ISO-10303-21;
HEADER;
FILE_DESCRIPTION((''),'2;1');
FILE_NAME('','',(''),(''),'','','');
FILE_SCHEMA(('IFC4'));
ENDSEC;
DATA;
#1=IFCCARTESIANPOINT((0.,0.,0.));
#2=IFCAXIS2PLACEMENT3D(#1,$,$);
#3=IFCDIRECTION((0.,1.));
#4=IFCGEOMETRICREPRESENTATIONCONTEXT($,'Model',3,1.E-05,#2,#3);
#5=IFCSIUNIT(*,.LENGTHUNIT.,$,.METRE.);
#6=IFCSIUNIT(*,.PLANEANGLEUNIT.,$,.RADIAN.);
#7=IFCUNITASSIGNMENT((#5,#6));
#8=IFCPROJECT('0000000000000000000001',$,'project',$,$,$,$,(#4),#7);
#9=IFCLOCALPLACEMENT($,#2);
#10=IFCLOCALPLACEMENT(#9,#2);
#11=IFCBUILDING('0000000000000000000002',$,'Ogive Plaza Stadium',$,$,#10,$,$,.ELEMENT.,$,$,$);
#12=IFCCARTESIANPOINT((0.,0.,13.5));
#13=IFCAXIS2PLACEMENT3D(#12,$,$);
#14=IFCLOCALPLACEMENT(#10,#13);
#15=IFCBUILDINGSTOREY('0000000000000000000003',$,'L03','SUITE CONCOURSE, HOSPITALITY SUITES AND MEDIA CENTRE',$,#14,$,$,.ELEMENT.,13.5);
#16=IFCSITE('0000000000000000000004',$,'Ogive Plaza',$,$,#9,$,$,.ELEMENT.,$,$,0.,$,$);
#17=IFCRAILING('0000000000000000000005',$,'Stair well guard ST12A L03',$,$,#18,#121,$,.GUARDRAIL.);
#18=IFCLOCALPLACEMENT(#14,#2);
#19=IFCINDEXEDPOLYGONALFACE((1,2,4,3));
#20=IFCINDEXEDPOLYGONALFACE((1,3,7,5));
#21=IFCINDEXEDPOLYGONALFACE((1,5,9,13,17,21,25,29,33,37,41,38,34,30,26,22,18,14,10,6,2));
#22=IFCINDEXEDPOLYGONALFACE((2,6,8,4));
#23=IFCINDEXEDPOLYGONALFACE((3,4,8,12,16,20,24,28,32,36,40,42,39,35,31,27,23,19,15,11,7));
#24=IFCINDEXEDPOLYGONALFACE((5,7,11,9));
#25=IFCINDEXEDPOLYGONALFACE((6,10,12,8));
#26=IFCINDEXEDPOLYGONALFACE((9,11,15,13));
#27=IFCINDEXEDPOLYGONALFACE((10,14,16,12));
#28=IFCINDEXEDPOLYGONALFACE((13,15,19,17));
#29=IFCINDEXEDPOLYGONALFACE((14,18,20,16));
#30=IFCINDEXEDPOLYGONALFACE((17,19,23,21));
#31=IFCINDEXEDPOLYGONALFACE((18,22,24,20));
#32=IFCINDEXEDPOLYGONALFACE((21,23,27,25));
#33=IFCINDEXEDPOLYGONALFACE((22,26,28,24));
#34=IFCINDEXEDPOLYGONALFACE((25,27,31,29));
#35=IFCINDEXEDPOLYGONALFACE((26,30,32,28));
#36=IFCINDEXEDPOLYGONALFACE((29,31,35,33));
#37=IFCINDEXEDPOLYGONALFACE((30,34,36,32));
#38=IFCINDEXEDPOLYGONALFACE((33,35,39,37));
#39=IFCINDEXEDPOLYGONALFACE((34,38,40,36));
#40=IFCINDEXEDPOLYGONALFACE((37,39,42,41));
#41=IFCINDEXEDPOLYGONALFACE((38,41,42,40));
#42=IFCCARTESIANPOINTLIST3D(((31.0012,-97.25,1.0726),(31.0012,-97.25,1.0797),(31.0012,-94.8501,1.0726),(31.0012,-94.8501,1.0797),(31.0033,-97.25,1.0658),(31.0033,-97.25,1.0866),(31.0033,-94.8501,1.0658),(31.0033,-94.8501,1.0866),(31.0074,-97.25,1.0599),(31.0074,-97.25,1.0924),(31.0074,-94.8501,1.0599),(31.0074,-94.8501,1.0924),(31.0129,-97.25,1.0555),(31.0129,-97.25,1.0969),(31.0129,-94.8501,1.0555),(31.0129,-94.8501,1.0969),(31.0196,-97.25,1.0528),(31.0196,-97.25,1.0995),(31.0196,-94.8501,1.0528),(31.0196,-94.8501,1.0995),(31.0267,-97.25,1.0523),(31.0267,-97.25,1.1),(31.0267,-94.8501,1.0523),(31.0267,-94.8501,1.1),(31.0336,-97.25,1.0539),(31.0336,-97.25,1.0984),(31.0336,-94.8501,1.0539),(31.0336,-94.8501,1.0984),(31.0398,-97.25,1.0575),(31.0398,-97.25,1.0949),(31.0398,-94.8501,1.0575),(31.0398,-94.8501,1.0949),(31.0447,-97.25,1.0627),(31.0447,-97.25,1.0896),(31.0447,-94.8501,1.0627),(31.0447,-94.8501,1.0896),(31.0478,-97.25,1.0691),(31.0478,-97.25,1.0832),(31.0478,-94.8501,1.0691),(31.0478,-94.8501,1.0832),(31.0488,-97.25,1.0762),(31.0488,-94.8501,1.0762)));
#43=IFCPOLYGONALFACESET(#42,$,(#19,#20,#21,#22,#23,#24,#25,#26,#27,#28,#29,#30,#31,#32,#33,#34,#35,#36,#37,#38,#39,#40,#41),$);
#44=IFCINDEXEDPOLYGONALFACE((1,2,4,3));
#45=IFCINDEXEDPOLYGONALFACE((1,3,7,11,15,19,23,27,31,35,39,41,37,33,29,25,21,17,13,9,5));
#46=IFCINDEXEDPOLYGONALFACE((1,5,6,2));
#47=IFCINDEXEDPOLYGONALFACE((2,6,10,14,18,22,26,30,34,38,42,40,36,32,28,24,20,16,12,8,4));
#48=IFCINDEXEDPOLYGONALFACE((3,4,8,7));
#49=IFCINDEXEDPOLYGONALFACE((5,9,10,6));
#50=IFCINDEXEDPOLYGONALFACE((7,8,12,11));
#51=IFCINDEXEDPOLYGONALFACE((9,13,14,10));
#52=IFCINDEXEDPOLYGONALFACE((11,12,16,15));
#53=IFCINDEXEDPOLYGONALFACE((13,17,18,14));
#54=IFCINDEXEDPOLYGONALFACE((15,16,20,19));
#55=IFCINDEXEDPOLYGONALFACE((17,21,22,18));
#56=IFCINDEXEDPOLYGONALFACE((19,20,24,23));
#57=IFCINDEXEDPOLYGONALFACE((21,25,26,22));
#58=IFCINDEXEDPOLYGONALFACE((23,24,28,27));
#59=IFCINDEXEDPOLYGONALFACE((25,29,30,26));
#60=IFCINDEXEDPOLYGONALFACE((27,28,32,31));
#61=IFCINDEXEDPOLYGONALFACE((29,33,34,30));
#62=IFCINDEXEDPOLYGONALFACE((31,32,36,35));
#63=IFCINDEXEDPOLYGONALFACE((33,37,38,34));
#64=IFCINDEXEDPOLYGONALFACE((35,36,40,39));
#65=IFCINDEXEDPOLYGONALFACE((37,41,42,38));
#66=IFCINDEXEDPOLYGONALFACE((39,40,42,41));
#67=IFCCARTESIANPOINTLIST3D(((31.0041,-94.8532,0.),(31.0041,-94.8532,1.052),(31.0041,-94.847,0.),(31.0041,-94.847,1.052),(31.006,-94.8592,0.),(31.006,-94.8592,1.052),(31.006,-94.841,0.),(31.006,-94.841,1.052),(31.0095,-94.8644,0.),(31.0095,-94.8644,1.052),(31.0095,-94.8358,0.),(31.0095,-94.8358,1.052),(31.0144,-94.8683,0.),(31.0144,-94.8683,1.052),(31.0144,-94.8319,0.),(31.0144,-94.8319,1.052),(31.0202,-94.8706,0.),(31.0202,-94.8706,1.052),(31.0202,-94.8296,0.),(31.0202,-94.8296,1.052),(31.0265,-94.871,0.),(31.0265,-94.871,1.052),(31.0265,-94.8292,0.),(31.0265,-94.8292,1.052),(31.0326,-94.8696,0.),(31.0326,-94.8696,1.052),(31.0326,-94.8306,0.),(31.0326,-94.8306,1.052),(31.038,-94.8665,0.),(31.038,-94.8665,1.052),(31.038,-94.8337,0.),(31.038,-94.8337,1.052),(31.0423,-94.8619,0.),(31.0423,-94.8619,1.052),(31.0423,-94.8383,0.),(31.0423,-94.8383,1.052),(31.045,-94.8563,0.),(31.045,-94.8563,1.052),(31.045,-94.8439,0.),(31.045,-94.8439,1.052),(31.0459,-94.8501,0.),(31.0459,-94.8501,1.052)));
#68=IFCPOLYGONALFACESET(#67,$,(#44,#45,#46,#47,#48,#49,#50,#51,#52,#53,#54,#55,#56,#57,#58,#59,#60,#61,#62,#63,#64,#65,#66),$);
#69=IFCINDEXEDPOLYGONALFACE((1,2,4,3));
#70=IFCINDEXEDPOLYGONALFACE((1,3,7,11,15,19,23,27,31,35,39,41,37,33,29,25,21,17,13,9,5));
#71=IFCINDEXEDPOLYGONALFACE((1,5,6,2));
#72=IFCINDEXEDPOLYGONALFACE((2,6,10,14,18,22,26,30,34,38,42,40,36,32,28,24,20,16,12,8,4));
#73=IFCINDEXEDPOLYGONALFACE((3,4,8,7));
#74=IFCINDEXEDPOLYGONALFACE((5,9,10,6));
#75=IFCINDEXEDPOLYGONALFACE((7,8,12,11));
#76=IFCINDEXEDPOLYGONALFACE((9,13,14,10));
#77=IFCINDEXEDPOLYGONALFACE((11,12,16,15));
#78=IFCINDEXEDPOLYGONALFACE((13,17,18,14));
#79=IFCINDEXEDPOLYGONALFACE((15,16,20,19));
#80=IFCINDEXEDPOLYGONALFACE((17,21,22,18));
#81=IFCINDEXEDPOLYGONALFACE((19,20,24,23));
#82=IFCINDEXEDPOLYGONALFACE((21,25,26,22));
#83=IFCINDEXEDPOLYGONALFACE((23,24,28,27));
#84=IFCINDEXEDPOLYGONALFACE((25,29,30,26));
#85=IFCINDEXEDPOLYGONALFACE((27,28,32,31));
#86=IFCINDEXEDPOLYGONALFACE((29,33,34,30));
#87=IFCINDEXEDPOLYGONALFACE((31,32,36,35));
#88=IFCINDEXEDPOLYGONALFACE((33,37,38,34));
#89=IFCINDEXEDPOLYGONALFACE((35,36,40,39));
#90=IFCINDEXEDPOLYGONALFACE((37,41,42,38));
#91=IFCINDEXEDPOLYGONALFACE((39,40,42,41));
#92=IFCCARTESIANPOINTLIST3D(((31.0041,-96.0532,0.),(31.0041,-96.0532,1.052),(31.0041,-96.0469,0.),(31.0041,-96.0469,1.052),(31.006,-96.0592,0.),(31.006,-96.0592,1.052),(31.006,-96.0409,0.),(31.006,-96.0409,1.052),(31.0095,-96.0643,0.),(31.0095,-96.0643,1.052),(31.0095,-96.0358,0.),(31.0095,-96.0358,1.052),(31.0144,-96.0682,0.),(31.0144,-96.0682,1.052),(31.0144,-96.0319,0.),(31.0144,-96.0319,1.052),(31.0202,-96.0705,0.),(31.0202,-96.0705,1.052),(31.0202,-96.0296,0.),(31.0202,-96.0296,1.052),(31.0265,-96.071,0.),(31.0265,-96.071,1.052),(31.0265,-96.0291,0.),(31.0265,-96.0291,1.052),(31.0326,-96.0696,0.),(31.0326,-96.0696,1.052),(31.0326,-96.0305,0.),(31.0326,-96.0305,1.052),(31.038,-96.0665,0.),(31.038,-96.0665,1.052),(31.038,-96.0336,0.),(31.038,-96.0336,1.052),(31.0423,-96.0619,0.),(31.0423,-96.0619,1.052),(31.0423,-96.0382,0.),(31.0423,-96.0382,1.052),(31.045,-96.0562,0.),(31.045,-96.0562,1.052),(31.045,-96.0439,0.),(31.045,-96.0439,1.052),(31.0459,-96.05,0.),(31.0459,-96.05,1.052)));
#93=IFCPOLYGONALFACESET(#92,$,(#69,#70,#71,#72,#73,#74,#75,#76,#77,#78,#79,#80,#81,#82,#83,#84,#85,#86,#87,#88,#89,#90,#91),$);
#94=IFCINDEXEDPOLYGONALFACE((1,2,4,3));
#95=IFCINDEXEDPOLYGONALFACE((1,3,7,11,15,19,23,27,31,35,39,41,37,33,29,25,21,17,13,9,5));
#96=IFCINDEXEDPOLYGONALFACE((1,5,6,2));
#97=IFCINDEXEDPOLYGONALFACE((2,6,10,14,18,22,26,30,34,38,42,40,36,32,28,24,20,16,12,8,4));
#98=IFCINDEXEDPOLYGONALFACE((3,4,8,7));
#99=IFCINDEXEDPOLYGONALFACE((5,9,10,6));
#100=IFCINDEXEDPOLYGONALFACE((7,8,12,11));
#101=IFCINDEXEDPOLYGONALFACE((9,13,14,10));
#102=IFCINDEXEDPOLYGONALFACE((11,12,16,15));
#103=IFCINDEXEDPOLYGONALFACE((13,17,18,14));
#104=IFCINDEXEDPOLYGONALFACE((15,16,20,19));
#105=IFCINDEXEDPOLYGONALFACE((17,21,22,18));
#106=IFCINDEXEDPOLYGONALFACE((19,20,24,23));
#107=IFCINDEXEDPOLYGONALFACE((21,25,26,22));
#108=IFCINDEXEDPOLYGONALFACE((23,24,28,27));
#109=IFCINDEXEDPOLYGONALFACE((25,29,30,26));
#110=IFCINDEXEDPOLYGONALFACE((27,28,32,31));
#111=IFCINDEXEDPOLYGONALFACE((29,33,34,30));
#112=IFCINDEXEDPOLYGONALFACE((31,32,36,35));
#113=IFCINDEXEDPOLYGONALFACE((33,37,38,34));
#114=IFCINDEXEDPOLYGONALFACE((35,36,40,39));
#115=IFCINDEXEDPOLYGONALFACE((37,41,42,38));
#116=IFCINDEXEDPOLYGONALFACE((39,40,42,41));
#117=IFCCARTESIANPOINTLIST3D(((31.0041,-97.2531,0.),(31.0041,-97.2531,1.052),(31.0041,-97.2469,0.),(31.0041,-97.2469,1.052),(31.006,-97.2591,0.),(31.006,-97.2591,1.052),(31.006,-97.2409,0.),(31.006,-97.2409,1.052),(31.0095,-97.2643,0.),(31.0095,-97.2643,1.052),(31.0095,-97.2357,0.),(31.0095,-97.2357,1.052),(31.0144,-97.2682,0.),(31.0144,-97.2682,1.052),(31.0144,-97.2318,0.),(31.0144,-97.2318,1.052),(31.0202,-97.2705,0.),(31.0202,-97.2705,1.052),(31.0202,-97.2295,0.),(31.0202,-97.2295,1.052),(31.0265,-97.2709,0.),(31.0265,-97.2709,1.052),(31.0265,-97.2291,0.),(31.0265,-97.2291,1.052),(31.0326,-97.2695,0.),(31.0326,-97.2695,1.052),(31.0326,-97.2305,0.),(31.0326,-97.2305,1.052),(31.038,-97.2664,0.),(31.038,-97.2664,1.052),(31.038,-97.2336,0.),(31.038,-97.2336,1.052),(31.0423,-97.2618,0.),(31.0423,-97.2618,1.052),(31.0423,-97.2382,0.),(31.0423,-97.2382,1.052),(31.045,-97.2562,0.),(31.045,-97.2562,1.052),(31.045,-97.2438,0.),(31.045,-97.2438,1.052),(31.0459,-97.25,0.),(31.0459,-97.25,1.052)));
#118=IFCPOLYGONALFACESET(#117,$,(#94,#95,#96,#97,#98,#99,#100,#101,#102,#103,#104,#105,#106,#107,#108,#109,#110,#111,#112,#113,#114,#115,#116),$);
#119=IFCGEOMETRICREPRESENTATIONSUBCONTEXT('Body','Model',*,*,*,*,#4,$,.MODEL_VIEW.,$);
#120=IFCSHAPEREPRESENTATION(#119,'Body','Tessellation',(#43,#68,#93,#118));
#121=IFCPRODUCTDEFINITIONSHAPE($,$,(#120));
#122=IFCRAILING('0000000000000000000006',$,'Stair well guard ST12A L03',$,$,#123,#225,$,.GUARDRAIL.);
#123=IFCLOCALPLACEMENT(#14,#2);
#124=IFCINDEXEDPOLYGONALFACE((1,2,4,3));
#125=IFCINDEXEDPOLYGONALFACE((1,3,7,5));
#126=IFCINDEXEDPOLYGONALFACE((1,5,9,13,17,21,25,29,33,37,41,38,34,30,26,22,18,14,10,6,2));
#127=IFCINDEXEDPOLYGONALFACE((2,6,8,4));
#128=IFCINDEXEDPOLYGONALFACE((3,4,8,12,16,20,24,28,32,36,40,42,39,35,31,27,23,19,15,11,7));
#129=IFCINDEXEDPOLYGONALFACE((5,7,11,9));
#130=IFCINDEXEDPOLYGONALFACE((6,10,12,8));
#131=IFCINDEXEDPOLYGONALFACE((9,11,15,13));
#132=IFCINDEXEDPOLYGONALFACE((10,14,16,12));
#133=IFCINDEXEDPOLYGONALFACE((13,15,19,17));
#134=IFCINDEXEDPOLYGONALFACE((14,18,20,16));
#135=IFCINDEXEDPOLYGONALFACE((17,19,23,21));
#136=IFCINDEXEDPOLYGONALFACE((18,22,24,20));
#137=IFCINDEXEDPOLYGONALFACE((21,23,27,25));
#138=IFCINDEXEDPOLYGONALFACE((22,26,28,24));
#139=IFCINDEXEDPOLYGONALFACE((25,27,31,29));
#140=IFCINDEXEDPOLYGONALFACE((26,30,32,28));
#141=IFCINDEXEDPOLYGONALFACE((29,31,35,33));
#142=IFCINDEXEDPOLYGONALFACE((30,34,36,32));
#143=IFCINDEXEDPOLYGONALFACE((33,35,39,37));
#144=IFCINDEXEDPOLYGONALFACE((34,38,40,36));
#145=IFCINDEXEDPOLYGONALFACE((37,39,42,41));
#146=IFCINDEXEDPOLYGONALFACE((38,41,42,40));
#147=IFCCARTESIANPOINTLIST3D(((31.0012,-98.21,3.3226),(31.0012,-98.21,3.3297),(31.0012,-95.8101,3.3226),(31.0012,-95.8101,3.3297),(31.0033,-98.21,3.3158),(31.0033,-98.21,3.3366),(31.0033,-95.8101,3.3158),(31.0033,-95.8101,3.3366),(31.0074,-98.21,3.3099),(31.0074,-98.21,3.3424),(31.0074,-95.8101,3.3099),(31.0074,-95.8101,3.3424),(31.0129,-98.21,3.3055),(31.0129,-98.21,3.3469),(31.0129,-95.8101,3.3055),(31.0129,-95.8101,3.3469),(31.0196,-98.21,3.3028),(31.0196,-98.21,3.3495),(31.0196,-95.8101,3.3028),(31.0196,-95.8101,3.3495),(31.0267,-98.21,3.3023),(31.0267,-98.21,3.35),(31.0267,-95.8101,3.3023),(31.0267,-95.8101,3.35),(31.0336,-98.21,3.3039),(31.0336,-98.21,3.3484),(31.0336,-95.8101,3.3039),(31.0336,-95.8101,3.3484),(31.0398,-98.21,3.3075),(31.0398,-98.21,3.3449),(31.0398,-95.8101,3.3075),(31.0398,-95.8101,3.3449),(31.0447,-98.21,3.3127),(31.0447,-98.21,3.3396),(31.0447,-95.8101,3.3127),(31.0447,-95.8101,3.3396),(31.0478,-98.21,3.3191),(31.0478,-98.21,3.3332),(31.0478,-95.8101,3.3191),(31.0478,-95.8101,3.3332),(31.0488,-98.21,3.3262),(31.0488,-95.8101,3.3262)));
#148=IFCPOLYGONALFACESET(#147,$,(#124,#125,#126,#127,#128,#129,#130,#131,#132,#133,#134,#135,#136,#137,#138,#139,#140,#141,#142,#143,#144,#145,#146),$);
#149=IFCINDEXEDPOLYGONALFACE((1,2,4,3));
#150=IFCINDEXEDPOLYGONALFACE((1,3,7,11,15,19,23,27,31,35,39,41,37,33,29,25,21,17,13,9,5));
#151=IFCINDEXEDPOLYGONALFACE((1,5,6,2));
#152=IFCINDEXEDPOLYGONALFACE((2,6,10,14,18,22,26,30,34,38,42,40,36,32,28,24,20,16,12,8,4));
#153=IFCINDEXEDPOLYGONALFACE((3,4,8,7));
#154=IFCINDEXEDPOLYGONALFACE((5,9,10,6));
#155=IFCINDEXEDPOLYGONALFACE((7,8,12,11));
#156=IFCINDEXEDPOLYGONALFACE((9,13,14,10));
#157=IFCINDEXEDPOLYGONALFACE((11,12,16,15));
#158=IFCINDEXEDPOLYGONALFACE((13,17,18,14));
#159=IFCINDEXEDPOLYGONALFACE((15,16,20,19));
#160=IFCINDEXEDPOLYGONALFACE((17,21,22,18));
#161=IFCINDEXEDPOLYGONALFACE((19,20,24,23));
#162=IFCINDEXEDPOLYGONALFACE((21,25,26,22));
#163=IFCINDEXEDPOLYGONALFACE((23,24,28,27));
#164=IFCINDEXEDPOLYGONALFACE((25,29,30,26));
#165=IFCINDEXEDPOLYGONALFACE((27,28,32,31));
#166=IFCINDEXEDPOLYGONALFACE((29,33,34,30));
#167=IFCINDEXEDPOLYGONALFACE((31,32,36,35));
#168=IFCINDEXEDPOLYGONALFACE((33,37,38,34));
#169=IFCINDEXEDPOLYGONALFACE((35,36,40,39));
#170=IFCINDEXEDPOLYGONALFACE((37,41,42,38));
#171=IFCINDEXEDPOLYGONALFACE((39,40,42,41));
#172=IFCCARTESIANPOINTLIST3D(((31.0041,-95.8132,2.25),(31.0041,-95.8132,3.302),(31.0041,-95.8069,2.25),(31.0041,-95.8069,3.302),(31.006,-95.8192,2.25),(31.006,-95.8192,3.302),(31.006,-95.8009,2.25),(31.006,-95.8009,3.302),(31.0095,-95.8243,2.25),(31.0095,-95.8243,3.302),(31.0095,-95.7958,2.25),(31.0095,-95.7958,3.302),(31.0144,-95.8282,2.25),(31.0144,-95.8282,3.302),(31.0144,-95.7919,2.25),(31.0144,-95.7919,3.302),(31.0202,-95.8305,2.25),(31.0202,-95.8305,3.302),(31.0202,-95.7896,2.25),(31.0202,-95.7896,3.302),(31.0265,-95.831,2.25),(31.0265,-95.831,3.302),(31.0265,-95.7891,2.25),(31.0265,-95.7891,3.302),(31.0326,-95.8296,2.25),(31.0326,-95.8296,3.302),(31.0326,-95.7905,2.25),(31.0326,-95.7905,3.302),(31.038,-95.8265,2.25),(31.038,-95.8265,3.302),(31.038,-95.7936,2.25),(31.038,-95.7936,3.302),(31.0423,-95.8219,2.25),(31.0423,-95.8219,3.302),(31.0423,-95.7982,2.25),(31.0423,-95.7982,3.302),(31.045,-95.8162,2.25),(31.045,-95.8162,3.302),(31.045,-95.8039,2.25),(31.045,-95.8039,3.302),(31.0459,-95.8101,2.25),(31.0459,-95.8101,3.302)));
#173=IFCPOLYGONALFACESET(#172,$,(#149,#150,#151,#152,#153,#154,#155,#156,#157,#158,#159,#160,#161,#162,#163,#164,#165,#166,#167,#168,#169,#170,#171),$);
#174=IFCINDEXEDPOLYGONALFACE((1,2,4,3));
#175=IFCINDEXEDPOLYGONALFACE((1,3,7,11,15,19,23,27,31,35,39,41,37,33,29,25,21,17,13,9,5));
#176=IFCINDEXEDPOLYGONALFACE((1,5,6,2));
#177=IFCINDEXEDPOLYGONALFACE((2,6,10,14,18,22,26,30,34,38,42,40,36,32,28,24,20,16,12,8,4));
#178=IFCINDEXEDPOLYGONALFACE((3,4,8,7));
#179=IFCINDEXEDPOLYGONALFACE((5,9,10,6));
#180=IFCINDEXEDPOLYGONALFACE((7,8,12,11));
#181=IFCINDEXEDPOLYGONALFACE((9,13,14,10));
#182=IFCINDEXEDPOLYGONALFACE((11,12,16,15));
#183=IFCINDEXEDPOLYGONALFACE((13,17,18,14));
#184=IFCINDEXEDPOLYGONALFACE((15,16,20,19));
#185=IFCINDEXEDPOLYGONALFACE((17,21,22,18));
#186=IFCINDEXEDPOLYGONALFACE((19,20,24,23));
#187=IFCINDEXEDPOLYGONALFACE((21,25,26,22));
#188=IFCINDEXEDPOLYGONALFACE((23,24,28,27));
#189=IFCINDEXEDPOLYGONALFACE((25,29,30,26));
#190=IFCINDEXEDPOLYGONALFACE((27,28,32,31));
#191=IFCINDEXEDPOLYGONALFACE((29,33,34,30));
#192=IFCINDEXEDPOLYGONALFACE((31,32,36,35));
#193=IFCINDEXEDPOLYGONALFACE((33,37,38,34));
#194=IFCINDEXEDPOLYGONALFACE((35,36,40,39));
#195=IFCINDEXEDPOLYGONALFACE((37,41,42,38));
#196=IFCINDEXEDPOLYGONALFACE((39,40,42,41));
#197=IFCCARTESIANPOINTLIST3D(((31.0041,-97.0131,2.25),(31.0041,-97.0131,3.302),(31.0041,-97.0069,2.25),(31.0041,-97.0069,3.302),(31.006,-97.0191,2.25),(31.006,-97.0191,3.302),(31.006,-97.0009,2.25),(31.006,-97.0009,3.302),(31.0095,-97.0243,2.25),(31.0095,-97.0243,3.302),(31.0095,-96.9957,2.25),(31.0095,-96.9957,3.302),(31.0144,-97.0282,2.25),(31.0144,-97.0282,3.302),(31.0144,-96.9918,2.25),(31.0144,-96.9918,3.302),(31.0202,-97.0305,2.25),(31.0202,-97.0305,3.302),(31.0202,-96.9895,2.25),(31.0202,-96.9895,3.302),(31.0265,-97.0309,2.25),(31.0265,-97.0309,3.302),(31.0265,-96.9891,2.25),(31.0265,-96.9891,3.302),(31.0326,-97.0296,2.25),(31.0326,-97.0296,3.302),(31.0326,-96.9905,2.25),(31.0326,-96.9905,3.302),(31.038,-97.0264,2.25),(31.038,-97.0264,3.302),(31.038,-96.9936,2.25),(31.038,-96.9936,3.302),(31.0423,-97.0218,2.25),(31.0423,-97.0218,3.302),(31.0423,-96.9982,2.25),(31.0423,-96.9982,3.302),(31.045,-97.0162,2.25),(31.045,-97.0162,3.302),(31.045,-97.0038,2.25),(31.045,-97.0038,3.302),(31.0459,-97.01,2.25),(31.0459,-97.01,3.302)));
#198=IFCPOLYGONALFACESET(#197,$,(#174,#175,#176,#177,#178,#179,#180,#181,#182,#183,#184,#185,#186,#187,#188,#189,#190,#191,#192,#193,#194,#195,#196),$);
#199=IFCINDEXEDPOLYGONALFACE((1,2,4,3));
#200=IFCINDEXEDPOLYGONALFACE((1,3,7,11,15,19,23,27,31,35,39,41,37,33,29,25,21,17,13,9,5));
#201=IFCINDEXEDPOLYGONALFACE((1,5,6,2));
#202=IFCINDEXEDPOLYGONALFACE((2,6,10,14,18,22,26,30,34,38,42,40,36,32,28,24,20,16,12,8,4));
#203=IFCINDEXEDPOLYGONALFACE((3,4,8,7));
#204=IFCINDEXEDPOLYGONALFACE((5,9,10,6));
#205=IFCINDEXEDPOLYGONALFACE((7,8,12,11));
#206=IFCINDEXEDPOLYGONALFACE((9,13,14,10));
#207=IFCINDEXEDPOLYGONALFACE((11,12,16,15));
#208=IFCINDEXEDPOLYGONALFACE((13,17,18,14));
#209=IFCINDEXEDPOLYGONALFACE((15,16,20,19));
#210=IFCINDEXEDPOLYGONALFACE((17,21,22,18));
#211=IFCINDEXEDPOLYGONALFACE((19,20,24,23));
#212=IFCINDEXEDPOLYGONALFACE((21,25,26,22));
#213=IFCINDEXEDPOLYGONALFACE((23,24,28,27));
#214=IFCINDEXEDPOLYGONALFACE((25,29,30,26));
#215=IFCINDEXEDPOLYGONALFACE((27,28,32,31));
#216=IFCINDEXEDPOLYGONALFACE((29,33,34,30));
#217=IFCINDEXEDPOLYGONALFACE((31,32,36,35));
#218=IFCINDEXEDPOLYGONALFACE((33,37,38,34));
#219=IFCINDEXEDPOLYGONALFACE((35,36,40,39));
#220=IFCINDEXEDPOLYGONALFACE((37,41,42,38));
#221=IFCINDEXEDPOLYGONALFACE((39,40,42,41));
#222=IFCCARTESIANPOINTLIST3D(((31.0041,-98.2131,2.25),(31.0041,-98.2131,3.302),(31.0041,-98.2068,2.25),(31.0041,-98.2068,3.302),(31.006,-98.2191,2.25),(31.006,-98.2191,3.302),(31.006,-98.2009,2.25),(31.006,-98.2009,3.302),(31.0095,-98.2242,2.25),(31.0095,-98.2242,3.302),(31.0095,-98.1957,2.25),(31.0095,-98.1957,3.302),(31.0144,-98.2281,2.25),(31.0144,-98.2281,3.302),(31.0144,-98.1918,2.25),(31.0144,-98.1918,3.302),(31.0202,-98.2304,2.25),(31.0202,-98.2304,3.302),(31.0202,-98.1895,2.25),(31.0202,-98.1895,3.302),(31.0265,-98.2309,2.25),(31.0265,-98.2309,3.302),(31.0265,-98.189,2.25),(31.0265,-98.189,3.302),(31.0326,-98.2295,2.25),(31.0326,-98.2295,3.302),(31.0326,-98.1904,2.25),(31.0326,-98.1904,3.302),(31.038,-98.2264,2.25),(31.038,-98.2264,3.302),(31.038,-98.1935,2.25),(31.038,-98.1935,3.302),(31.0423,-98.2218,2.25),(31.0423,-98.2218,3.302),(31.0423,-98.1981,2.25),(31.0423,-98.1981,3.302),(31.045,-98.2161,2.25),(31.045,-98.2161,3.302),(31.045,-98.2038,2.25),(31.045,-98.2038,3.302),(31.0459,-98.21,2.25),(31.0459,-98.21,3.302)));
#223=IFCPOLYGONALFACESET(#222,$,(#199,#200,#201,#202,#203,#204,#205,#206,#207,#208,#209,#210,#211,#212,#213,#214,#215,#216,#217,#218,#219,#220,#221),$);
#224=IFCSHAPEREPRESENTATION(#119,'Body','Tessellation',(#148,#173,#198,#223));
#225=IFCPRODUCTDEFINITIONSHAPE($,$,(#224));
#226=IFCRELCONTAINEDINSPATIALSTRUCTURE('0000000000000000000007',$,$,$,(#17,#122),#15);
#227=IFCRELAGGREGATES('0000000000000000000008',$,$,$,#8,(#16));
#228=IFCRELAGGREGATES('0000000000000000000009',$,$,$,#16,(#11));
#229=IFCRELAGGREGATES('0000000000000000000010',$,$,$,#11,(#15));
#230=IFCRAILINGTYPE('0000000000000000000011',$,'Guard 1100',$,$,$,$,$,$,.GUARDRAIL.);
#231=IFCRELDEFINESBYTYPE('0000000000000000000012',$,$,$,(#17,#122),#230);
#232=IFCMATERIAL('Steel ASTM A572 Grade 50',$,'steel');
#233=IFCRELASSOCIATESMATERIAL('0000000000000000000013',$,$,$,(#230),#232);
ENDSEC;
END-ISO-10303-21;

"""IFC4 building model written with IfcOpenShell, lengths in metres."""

from ifc_helpers import new_model, si_unit, direction, frame, origin, origin_2d, place, context, subcontext, project, spatial, circle, extrude, material, type_object, element, save


model = new_model("IFC4")

# Units and contexts
model_context = context("Model", 3, precision=1e-05, world=origin(), true_north=direction((0.0, 1.0)))
body_context = subcontext(model_context, "Body", "Model", "MODEL_VIEW")
ifc_project = project(units=[si_unit("LENGTHUNIT", "METRE"), si_unit("PLANEANGLEUNIT", "RADIAN")], contexts=[model_context])

# Site, building, storey
site_placement = place(None, origin())
site = spatial("IfcSite", under=ifc_project, at=site_placement, Name="Ogive Plaza", CompositionType="ELEMENT", RefElevation=0.0)
building_placement = place(site_placement, origin())
building = spatial("IfcBuilding", under=site, at=building_placement, Name="Ogive Plaza Stadium", CompositionType="ELEMENT")
storey_placement = place(building_placement, frame((0.0, 0.0, 13.5)))
storey = spatial("IfcBuildingStorey", under=building, at=storey_placement, Name="L03", Description="SUITE CONCOURSE, HOSPITALITY SUITES AND MEDIA CENTRE", CompositionType="ELEMENT", Elevation=13.5)

# Railings
ifc_material_1 = material(Name="Steel ASTM A572 Grade 50", Category="steel")
railing_type_1 = type_object("IfcRailingType", Name="Guard 1100", PredefinedType="GUARDRAIL", material=ifc_material_1)
for number, where, name in (
    (1, (31.0249, -94.8501, 0.0), "Stair well guard ST12A L03"),
    (2, (31.0249, -95.8101, 2.25), "Stair well guard ST12A L03"),
):
    element("IfcRailing", number, at=place(storey_placement, frame(where)), inside=storey, type_object=railing_type_1, Name=name, PredefinedType="GUARDRAIL", context=body_context, shape_type="SweptSolid", body=[
        extrude(circle(Radius=0.0239, at=origin_2d()), frame((0.0, 0.0, 1.0762), z_axis=(0.0, -1.0, 0.0), x_axis=(1.0, 0.0, 0.0)), (0.0, 0.0, 1.0), 2.3999),
        extrude(circle(Radius=0.021, at=origin_2d()), origin(), (0.0, 0.0, 1.0), 1.052),
        extrude(circle(Radius=0.021, at=origin_2d()), frame((0.0, -1.2, 0.0)), (0.0, 0.0, 1.0), 1.052),
        extrude(circle(Radius=0.021, at=origin_2d()), frame((0.0, -2.3999, 0.0)), (0.0, 0.0, 1.0), 1.052),
    ])

save(model, "model.ifc")
